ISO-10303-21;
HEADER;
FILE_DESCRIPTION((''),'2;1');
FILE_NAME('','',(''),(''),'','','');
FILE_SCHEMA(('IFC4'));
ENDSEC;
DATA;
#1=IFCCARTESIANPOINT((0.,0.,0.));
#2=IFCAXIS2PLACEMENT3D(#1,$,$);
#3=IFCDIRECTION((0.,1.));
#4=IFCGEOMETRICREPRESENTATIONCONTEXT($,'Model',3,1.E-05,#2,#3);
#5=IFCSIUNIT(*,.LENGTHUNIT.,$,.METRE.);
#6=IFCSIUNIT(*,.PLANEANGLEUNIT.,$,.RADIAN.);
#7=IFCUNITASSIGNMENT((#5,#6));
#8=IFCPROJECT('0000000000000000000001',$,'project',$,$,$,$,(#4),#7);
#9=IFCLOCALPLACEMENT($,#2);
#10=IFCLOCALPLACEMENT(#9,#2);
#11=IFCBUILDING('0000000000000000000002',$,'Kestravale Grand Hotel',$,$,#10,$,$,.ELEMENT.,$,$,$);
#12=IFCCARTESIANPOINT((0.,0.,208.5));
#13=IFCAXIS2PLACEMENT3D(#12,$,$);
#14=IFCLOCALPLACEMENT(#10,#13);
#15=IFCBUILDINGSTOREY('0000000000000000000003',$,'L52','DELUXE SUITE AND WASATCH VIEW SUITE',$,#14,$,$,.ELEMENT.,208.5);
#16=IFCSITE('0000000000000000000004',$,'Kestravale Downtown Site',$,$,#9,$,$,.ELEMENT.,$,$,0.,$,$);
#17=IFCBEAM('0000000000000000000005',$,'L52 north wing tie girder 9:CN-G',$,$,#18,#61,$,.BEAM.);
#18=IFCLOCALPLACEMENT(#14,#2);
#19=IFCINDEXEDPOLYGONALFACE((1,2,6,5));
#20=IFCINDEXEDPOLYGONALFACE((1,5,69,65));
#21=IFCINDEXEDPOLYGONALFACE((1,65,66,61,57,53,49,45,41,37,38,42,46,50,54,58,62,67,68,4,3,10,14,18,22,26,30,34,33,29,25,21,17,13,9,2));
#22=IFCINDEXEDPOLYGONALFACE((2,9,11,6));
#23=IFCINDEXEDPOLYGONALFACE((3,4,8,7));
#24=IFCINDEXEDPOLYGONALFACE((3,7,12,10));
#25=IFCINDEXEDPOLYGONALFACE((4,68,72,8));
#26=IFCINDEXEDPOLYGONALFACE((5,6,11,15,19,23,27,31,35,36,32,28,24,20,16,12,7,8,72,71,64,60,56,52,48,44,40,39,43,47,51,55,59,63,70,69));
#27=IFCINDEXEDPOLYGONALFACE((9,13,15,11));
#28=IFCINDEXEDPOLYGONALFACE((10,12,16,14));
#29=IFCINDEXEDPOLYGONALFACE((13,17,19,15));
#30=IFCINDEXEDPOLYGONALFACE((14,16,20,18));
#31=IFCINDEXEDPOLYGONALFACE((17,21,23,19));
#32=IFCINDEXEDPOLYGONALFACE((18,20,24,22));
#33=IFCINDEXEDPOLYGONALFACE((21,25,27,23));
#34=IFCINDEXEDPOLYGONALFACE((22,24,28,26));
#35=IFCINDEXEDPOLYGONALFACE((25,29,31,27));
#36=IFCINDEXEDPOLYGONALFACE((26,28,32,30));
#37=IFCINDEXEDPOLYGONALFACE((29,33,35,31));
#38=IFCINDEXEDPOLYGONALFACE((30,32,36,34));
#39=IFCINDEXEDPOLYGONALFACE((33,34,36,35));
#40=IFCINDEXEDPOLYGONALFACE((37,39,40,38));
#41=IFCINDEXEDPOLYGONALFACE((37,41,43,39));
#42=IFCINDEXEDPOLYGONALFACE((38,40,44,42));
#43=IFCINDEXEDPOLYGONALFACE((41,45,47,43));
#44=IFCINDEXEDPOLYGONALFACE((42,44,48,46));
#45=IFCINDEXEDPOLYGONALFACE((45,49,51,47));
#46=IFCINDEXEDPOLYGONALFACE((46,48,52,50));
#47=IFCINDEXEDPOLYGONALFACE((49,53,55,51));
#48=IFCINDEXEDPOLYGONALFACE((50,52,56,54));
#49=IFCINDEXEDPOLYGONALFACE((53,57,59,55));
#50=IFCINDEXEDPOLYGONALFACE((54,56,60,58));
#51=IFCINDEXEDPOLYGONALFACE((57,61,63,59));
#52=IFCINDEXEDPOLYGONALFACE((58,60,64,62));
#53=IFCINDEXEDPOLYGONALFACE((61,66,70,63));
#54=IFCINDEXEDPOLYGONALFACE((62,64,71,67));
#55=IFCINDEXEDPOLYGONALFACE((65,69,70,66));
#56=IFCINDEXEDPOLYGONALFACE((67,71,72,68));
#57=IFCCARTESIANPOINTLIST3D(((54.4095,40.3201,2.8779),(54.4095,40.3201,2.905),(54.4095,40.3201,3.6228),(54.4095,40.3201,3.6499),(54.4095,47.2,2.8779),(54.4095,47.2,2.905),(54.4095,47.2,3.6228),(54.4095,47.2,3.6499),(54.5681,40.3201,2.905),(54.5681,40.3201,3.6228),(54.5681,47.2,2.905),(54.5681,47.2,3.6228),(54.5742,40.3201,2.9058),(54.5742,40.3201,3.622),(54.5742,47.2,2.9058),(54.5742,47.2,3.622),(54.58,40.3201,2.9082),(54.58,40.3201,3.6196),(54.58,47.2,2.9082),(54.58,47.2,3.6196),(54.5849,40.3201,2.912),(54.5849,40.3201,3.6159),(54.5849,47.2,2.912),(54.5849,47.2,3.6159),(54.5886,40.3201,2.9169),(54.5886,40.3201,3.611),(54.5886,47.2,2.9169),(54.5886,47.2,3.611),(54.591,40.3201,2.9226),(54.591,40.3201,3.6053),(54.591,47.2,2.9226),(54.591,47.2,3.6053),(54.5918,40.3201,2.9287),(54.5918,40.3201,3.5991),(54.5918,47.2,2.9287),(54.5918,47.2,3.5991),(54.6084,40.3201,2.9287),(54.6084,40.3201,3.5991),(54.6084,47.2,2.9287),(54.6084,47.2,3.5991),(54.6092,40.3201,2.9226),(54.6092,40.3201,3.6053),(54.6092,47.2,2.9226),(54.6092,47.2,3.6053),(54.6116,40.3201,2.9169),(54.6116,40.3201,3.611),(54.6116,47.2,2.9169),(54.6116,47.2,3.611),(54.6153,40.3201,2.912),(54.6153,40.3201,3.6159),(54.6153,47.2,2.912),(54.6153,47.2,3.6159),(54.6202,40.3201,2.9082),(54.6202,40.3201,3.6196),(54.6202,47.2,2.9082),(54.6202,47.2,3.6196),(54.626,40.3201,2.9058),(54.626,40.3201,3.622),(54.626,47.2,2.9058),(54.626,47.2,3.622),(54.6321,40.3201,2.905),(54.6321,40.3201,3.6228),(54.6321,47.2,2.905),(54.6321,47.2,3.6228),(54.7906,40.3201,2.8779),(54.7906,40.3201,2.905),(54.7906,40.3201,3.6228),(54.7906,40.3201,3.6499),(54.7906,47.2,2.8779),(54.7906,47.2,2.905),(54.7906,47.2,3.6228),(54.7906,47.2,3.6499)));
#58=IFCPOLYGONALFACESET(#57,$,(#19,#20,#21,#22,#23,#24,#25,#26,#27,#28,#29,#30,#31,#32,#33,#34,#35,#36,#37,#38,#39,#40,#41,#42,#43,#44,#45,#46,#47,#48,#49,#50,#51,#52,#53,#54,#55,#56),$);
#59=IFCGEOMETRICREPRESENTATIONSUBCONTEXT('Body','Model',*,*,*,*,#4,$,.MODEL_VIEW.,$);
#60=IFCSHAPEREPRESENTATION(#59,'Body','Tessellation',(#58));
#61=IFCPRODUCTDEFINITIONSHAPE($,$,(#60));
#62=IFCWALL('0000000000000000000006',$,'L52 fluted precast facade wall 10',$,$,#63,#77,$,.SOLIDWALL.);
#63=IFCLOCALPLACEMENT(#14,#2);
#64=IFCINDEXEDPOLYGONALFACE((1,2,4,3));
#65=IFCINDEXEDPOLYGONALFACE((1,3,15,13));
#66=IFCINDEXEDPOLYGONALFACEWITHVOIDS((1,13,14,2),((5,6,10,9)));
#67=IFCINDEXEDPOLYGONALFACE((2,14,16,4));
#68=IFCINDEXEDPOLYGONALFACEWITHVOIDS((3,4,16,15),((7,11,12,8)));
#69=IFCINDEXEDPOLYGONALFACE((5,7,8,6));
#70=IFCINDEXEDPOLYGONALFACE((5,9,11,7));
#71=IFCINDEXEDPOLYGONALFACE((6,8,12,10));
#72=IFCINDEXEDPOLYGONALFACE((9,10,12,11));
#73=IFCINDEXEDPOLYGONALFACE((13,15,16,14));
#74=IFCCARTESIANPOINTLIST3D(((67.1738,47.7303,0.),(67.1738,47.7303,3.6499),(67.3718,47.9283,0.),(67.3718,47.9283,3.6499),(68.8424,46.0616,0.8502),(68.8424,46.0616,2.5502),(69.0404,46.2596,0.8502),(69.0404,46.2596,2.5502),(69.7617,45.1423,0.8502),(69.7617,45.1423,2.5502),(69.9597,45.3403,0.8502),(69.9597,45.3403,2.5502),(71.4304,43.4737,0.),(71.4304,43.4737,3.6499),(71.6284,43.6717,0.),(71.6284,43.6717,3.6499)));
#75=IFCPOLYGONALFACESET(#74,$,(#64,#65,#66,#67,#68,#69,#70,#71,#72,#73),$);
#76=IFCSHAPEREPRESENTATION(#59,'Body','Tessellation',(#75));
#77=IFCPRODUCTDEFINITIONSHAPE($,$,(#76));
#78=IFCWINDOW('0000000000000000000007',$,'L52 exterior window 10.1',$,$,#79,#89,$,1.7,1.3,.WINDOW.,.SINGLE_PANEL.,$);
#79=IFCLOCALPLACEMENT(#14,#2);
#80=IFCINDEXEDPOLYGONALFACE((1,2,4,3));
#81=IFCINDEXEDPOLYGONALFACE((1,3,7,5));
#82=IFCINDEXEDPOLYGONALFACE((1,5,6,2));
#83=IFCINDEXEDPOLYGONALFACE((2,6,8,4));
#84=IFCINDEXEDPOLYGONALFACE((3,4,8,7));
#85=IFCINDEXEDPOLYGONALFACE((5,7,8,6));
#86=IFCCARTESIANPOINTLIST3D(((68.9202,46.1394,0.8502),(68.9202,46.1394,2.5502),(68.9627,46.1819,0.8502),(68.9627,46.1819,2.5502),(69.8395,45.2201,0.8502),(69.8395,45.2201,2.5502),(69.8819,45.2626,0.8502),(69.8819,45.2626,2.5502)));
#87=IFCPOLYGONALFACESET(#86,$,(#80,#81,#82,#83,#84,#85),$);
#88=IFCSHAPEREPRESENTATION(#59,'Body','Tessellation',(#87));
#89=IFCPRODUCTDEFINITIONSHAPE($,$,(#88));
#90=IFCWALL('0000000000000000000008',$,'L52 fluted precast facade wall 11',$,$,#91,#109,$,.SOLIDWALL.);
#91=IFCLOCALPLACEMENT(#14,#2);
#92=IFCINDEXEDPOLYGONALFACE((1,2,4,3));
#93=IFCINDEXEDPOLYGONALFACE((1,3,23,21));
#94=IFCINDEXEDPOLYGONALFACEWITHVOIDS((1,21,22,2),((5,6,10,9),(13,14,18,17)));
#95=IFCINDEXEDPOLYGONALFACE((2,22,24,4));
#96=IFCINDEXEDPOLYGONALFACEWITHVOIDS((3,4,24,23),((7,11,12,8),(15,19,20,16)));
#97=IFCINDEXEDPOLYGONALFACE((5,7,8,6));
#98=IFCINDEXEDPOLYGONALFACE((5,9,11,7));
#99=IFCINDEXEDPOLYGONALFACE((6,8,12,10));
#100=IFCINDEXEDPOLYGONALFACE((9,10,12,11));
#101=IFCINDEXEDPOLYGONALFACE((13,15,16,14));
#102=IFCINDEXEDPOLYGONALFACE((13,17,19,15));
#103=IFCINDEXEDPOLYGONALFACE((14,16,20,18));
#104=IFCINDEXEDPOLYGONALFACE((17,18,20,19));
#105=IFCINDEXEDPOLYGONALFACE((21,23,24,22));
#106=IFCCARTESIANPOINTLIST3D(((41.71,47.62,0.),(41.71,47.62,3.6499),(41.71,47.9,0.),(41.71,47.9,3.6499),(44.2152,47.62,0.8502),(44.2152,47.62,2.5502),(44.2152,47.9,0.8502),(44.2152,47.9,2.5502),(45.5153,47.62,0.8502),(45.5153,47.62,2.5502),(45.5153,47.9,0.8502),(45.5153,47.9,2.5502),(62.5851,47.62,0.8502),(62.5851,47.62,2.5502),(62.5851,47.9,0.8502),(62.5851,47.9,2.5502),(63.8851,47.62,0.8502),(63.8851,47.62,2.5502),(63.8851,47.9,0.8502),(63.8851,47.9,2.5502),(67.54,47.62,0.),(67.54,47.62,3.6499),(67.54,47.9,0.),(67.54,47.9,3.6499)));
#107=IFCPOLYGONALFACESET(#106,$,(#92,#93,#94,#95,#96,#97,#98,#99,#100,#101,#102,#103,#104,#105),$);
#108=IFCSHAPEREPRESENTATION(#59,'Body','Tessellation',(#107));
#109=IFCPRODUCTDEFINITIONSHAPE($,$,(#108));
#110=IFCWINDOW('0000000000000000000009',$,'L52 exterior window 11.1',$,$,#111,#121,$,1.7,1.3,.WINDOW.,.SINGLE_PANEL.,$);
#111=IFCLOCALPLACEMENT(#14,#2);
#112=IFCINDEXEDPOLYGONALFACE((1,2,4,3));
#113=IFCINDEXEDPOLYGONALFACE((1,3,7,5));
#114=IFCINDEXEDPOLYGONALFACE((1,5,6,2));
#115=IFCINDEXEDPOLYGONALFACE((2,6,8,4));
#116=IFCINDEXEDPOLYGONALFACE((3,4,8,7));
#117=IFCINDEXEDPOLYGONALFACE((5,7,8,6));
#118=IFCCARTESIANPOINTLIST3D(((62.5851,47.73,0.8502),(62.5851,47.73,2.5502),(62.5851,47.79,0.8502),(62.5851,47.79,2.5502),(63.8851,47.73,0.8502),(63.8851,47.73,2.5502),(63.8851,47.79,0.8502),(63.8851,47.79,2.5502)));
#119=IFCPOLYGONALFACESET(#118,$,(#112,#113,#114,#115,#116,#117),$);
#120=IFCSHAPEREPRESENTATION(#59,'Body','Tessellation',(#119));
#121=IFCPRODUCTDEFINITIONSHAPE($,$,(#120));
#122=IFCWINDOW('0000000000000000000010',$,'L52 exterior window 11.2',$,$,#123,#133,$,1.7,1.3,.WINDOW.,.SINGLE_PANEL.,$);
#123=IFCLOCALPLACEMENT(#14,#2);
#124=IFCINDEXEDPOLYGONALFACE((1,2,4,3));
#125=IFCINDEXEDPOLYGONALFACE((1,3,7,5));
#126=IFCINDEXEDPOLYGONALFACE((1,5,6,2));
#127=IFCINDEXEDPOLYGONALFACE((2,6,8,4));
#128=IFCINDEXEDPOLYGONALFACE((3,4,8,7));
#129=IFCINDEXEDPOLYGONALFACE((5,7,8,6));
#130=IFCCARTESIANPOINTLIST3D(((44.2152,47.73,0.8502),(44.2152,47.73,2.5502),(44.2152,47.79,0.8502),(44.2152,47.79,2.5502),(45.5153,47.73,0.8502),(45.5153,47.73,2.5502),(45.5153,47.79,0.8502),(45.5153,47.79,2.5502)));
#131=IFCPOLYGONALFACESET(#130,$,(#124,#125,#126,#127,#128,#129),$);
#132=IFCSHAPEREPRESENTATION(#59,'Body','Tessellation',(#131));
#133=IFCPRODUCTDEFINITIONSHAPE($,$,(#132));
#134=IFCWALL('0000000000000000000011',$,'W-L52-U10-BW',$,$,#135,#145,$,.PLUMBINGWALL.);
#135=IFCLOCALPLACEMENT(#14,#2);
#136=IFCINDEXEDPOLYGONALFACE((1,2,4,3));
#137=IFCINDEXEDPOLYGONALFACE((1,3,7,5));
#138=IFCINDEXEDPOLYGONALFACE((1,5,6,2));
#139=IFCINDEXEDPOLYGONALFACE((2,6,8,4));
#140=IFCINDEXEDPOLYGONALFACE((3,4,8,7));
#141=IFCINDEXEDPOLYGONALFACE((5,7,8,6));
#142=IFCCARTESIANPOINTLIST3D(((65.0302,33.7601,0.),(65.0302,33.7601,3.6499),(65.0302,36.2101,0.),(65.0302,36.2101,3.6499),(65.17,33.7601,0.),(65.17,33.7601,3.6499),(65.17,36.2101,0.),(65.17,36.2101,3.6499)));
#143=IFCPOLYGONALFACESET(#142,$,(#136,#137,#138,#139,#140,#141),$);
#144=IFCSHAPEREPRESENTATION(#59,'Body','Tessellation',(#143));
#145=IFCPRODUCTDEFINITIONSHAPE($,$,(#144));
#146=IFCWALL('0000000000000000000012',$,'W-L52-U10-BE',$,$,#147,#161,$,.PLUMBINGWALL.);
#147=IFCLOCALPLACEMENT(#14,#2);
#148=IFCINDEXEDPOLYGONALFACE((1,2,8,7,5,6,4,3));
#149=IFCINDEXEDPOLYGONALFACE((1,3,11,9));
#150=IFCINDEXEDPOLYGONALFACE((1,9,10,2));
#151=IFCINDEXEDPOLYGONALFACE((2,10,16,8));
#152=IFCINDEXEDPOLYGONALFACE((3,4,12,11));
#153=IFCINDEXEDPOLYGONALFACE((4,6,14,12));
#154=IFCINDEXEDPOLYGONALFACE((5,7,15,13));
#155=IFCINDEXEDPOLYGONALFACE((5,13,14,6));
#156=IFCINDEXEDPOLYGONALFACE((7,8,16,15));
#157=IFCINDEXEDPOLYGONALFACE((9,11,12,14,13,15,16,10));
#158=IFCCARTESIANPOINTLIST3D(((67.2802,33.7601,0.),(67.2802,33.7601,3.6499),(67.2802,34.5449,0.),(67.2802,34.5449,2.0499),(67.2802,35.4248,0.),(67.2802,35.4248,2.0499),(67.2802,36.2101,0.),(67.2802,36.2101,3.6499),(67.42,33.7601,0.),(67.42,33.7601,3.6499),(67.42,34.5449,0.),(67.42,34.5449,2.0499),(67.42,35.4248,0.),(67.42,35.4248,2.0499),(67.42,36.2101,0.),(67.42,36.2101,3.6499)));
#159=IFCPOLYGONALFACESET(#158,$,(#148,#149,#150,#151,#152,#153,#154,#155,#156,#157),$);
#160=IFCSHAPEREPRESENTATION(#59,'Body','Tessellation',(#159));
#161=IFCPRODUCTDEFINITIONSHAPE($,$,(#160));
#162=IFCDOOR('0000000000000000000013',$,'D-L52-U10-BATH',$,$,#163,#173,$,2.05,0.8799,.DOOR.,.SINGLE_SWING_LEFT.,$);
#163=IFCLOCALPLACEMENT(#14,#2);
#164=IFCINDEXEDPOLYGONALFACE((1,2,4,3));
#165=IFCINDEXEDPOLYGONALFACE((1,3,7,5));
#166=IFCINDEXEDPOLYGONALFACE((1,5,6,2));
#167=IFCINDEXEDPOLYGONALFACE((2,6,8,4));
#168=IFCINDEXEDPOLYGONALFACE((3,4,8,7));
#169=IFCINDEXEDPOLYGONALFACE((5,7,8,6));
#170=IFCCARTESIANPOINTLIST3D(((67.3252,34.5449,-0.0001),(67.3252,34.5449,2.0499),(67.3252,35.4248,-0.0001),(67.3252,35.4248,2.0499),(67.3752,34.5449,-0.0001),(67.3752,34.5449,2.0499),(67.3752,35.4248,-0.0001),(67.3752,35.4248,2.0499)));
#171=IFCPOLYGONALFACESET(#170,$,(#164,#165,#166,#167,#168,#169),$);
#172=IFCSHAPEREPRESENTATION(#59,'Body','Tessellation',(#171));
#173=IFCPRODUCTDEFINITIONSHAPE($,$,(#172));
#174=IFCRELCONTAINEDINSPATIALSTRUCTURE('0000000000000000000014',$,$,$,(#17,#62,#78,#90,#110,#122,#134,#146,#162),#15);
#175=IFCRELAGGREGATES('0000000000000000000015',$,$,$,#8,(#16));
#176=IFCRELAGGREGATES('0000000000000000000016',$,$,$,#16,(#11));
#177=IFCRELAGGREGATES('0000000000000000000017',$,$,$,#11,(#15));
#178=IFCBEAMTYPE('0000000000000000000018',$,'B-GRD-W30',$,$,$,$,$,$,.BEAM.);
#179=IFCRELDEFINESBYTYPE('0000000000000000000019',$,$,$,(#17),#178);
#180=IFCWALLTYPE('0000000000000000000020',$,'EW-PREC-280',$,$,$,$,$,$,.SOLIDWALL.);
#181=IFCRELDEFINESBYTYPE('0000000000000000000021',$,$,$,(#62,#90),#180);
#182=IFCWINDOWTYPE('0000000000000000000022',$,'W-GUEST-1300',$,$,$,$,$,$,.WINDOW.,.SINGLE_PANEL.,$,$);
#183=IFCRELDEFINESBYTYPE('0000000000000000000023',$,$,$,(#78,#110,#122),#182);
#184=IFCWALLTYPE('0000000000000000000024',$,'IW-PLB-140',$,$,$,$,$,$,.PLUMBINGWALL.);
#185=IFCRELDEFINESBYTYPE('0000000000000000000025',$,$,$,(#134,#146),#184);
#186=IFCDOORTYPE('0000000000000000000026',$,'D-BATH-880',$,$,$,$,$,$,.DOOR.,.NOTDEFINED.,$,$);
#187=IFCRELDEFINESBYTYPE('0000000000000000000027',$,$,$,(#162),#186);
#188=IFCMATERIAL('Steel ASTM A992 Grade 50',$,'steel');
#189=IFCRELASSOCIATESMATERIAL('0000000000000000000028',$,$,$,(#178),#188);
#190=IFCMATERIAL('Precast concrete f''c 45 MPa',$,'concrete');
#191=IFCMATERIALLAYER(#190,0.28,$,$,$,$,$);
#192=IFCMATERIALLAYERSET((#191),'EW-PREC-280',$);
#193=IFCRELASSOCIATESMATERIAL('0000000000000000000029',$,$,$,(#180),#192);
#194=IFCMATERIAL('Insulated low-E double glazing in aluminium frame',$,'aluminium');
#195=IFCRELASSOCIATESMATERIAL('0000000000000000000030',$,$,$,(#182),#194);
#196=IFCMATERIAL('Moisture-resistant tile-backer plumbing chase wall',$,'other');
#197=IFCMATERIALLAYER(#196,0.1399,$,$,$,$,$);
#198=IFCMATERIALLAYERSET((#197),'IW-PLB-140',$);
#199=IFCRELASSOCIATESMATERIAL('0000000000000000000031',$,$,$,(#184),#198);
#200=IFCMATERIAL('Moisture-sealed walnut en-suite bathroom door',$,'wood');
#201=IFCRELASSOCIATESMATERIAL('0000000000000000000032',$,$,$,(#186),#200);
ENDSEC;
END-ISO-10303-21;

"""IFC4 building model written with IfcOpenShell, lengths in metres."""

from ifc_helpers import new_model, si_unit, direction, frame, frame_2d, origin, origin_2d, place, context, subcontext, project, spatial, rectangle, i_section, extrude, material, layer, layer_set, material_profile, profile_set, type_object, element, fill, save


model = new_model("IFC4")

# Units and contexts
model_context = context("Model", 3, precision=1e-05, world=origin(), true_north=direction((0.0, 1.0)))
body_context = subcontext(model_context, "Body", "Model", "MODEL_VIEW")
ifc_project = project(units=[si_unit("LENGTHUNIT", "METRE"), si_unit("PLANEANGLEUNIT", "RADIAN")], contexts=[model_context])

# Site, building, storey
site_placement = place(None, origin())
site = spatial("IfcSite", under=ifc_project, at=site_placement, Name="Kestravale Downtown Site", CompositionType="ELEMENT", RefElevation=0.0)
building_placement = place(site_placement, origin())
building = spatial("IfcBuilding", under=site, at=building_placement, Name="Kestravale Grand Hotel", CompositionType="ELEMENT")
storey_placement = place(building_placement, frame((0.0, 0.0, 208.5)))
storey = spatial("IfcBuildingStorey", under=building, at=storey_placement, Name="L52", Description="DELUXE SUITE AND WASATCH VIEW SUITE", CompositionType="ELEMENT", Elevation=208.5)

# Beam
ifc_material_1 = material(Name="Steel ASTM A992 Grade 50", Category="steel")
ifc_material_profile_1 = material_profile(ifc_material_1, i_section(OverallWidth=0.3811, OverallDepth=0.772, WebThickness=0.0166, FlangeThickness=0.0271, FilletRadius=0.0237, at=origin_2d()))
ifc_profile_set_1 = profile_set([ifc_material_profile_1], Name="Steel ASTM A992 Grade 50")
beam_type_1 = type_object("IfcBeamType", Name="B-GRD-W30", PredefinedType="BEAM", material=ifc_profile_set_1)
beam_1_placement = place(storey_placement, frame((54.6001, 40.3201, 3.2639), z_axis=(0.0, 1.0, 0.0), x_axis=(-1.0, 0.0, 0.0)))
element("IfcBeam", 1, at=beam_1_placement, inside=storey, type_object=beam_type_1, Name="L52 north wing tie girder 9:CN-G", PredefinedType="BEAM", context=body_context, shape_type="SweptSolid", body=[
    extrude(i_section(OverallWidth=0.3811, OverallDepth=0.772, WebThickness=0.0166, FlangeThickness=0.0271, FilletRadius=0.0237, at=origin_2d()), origin(), (0.0, 0.0, 1.0), 6.8799),
])

# Wall, opening, window
ifc_material_2 = material(Name="Precast concrete f'c 45 MPa", Category="concrete")
ifc_layer_1 = layer(ifc_material_2, 0.28)
ifc_layer_set_1 = layer_set([ifc_layer_1], Name="EW-PREC-280")
wall_type_1 = type_object("IfcWallType", Name="EW-PREC-280", PredefinedType="SOLIDWALL", material=ifc_layer_set_1)
wall_1_placement = place(storey_placement, frame((71.5293, 43.5728, 0.0), z_axis=(0.0, 0.0, 1.0), x_axis=(-0.707107, 0.707107, 0.0)))
wall_1 = element("IfcWall", 2, at=wall_1_placement, inside=storey, type_object=wall_type_1, Name="L52 fluted precast facade wall 10", PredefinedType="SOLIDWALL", context=body_context, shape_type="SweptSolid", body=[
    extrude(rectangle(XDim=6.0198, YDim=0.28, at=frame_2d((3.0098, 0.0))), origin(), (0.0, 0.0, 1.0), 3.6499),
])
opening_1_placement = place(wall_1_placement, frame((2.3599, 0.0, 0.8501)))
opening_1 = element("IfcOpeningElement", 3, at=opening_1_placement, cuts=wall_1, PredefinedType="OPENING", context=body_context, shape_type="SweptSolid", body=[
    extrude(rectangle(XDim=1.3, YDim=1.7, at=frame_2d((0.6499, 0.8501))), frame((0.0, 0.1499, 0.0), z_axis=(0.0, -1.0, 0.0), x_axis=(1.0, 0.0, 0.0)), (0.0, 0.0, 1.0), 0.3),
])
ifc_material_3 = material(Name="Insulated low-E double glazing in aluminium frame", Category="aluminium")
window_type = type_object("IfcWindowType", Name="W-GUEST-1300", PartitioningType="SINGLE_PANEL", PredefinedType="WINDOW", material=ifc_material_3)
window_1_placement = place(opening_1_placement, origin())
window_1 = element("IfcWindow", 4, at=window_1_placement, inside=storey, type_object=window_type, Name="L52 exterior window 10.1", OverallHeight=1.7, OverallWidth=1.3, PartitioningType="SINGLE_PANEL", PredefinedType="WINDOW", context=body_context, shape_type="SweptSolid", body=[
    extrude(rectangle(XDim=1.3, YDim=1.7, at=frame_2d((0.6499, 0.8501))), frame((0.0, 0.03, 0.0), z_axis=(0.0, -1.0, 0.0), x_axis=(1.0, 0.0, 0.0)), (0.0, 0.0, 1.0), 0.0601),
])
fill(opening_1, window_1)

# Wall, openings, windows
wall_2_placement = place(storey_placement, frame((67.54, 47.76, 0.0), z_axis=(0.0, 0.0, 1.0), x_axis=(-1.0, 0.0, 0.0)))
wall_2 = element("IfcWall", 5, at=wall_2_placement, inside=storey, type_object=wall_type_1, Name="L52 fluted precast facade wall 11", PredefinedType="SOLIDWALL", context=body_context, shape_type="SweptSolid", body=[
    extrude(rectangle(XDim=25.8301, YDim=0.28, at=frame_2d((12.915, 0.0))), origin(), (0.0, 0.0, 1.0), 3.6499),
])
opening_2_placement = place(wall_2_placement, frame((3.655, 0.0, 0.8501)))
opening_2 = element("IfcOpeningElement", 6, at=opening_2_placement, cuts=wall_2, PredefinedType="OPENING", context=body_context, shape_type="SweptSolid", body=[
    extrude(rectangle(XDim=1.3, YDim=1.7, at=frame_2d((0.6499, 0.8501))), frame((0.0, 0.1499, 0.0), z_axis=(0.0, -1.0, 0.0), x_axis=(1.0, 0.0, 0.0)), (0.0, 0.0, 1.0), 0.3),
])
opening_3_placement = place(wall_2_placement, frame((22.0249, 0.0, 0.8501)))
opening_3 = element("IfcOpeningElement", 7, at=opening_3_placement, cuts=wall_2, PredefinedType="OPENING", context=body_context, shape_type="SweptSolid", body=[
    extrude(rectangle(XDim=1.3, YDim=1.7, at=frame_2d((0.6499, 0.8501))), frame((0.0, 0.1499, 0.0), z_axis=(0.0, -1.0, 0.0), x_axis=(1.0, 0.0, 0.0)), (0.0, 0.0, 1.0), 0.3),
])
window_2_placement = place(opening_2_placement, origin())
window_2 = element("IfcWindow", 8, at=window_2_placement, inside=storey, type_object=window_type, Name="L52 exterior window 11.1", OverallHeight=1.7, OverallWidth=1.3, PartitioningType="SINGLE_PANEL", PredefinedType="WINDOW", context=body_context, shape_type="SweptSolid", body=[
    extrude(rectangle(XDim=1.3, YDim=1.7, at=frame_2d((0.6499, 0.8501))), frame((0.0, 0.03, 0.0), z_axis=(0.0, -1.0, 0.0), x_axis=(1.0, 0.0, 0.0)), (0.0, 0.0, 1.0), 0.0601),
])
fill(opening_2, window_2)
window_3_placement = place(opening_3_placement, origin())
window_3 = element("IfcWindow", 9, at=window_3_placement, inside=storey, type_object=window_type, Name="L52 exterior window 11.2", OverallHeight=1.7, OverallWidth=1.3, PartitioningType="SINGLE_PANEL", PredefinedType="WINDOW", context=body_context, shape_type="SweptSolid", body=[
    extrude(rectangle(XDim=1.3, YDim=1.7, at=frame_2d((0.6499, 0.8501))), frame((0.0, 0.03, 0.0), z_axis=(0.0, -1.0, 0.0), x_axis=(1.0, 0.0, 0.0)), (0.0, 0.0, 1.0), 0.0601),
])
fill(opening_3, window_3)

# Wall
ifc_material_4 = material(Name="Moisture-resistant tile-backer plumbing chase wall", Category="other")
ifc_layer_2 = layer(ifc_material_4, 0.1399)
ifc_layer_set_2 = layer_set([ifc_layer_2], Name="IW-PLB-140")
wall_type_2 = type_object("IfcWallType", Name="IW-PLB-140", PredefinedType="PLUMBINGWALL", material=ifc_layer_set_2)
wall_3_placement = place(storey_placement, frame((65.1001, 33.76, 0.0), z_axis=(0.0, 0.0, 1.0), x_axis=(0.0, 1.0, 0.0)))
element("IfcWall", 10, at=wall_3_placement, inside=storey, type_object=wall_type_2, Name="W-L52-U10-BW", PredefinedType="PLUMBINGWALL", context=body_context, shape_type="SweptSolid", body=[
    extrude(rectangle(XDim=2.45, YDim=0.1399, at=frame_2d((1.2251, 0.0))), origin(), (0.0, 0.0, 1.0), 3.6499),
])

# Wall, opening, door
wall_4_placement = place(storey_placement, frame((67.3501, 33.76, 0.0), z_axis=(0.0, 0.0, 1.0), x_axis=(0.0, 1.0, 0.0)))
wall_4 = element("IfcWall", 11, at=wall_4_placement, inside=storey, type_object=wall_type_2, Name="W-L52-U10-BE", PredefinedType="PLUMBINGWALL", context=body_context, shape_type="SweptSolid", body=[
    extrude(rectangle(XDim=2.45, YDim=0.1399, at=frame_2d((1.2251, 0.0))), origin(), (0.0, 0.0, 1.0), 3.6499),
])
opening_4_placement = place(wall_4_placement, frame((0.7849, 0.0, 0.0)))
opening_4 = element("IfcOpeningElement", 12, at=opening_4_placement, cuts=wall_4, PredefinedType="OPENING", context=body_context, shape_type="SweptSolid", body=[
    extrude(rectangle(XDim=0.8799, YDim=2.05, at=frame_2d((0.4399, 1.0249))), frame((0.0, 0.0798, 0.0), z_axis=(0.0, -1.0, 0.0), x_axis=(1.0, 0.0, 0.0)), (0.0, 0.0, 1.0), 0.1599),
])
ifc_material_5 = material(Name="Moisture-sealed walnut en-suite bathroom door", Category="wood")
door_type_1 = type_object("IfcDoorType", Name="D-BATH-880", OperationType="NOTDEFINED", PredefinedType="DOOR", material=ifc_material_5)
door_1_placement = place(opening_4_placement, origin())
door_1 = element("IfcDoor", 13, at=door_1_placement, inside=storey, type_object=door_type_1, Name="D-L52-U10-BATH", OperationType="SINGLE_SWING_LEFT", OverallHeight=2.05, OverallWidth=0.8799, PredefinedType="DOOR", context=body_context, shape_type="SweptSolid", body=[
    extrude(rectangle(XDim=0.8799, YDim=2.05, at=frame_2d((0.4399, 1.0249))), frame((0.0, 0.0249, 0.0), z_axis=(0.0, -1.0, 0.0), x_axis=(1.0, 0.0, 0.0)), (0.0, 0.0, 1.0), 0.05),
])
fill(opening_4, door_1)

save(model, "model.ifc")
